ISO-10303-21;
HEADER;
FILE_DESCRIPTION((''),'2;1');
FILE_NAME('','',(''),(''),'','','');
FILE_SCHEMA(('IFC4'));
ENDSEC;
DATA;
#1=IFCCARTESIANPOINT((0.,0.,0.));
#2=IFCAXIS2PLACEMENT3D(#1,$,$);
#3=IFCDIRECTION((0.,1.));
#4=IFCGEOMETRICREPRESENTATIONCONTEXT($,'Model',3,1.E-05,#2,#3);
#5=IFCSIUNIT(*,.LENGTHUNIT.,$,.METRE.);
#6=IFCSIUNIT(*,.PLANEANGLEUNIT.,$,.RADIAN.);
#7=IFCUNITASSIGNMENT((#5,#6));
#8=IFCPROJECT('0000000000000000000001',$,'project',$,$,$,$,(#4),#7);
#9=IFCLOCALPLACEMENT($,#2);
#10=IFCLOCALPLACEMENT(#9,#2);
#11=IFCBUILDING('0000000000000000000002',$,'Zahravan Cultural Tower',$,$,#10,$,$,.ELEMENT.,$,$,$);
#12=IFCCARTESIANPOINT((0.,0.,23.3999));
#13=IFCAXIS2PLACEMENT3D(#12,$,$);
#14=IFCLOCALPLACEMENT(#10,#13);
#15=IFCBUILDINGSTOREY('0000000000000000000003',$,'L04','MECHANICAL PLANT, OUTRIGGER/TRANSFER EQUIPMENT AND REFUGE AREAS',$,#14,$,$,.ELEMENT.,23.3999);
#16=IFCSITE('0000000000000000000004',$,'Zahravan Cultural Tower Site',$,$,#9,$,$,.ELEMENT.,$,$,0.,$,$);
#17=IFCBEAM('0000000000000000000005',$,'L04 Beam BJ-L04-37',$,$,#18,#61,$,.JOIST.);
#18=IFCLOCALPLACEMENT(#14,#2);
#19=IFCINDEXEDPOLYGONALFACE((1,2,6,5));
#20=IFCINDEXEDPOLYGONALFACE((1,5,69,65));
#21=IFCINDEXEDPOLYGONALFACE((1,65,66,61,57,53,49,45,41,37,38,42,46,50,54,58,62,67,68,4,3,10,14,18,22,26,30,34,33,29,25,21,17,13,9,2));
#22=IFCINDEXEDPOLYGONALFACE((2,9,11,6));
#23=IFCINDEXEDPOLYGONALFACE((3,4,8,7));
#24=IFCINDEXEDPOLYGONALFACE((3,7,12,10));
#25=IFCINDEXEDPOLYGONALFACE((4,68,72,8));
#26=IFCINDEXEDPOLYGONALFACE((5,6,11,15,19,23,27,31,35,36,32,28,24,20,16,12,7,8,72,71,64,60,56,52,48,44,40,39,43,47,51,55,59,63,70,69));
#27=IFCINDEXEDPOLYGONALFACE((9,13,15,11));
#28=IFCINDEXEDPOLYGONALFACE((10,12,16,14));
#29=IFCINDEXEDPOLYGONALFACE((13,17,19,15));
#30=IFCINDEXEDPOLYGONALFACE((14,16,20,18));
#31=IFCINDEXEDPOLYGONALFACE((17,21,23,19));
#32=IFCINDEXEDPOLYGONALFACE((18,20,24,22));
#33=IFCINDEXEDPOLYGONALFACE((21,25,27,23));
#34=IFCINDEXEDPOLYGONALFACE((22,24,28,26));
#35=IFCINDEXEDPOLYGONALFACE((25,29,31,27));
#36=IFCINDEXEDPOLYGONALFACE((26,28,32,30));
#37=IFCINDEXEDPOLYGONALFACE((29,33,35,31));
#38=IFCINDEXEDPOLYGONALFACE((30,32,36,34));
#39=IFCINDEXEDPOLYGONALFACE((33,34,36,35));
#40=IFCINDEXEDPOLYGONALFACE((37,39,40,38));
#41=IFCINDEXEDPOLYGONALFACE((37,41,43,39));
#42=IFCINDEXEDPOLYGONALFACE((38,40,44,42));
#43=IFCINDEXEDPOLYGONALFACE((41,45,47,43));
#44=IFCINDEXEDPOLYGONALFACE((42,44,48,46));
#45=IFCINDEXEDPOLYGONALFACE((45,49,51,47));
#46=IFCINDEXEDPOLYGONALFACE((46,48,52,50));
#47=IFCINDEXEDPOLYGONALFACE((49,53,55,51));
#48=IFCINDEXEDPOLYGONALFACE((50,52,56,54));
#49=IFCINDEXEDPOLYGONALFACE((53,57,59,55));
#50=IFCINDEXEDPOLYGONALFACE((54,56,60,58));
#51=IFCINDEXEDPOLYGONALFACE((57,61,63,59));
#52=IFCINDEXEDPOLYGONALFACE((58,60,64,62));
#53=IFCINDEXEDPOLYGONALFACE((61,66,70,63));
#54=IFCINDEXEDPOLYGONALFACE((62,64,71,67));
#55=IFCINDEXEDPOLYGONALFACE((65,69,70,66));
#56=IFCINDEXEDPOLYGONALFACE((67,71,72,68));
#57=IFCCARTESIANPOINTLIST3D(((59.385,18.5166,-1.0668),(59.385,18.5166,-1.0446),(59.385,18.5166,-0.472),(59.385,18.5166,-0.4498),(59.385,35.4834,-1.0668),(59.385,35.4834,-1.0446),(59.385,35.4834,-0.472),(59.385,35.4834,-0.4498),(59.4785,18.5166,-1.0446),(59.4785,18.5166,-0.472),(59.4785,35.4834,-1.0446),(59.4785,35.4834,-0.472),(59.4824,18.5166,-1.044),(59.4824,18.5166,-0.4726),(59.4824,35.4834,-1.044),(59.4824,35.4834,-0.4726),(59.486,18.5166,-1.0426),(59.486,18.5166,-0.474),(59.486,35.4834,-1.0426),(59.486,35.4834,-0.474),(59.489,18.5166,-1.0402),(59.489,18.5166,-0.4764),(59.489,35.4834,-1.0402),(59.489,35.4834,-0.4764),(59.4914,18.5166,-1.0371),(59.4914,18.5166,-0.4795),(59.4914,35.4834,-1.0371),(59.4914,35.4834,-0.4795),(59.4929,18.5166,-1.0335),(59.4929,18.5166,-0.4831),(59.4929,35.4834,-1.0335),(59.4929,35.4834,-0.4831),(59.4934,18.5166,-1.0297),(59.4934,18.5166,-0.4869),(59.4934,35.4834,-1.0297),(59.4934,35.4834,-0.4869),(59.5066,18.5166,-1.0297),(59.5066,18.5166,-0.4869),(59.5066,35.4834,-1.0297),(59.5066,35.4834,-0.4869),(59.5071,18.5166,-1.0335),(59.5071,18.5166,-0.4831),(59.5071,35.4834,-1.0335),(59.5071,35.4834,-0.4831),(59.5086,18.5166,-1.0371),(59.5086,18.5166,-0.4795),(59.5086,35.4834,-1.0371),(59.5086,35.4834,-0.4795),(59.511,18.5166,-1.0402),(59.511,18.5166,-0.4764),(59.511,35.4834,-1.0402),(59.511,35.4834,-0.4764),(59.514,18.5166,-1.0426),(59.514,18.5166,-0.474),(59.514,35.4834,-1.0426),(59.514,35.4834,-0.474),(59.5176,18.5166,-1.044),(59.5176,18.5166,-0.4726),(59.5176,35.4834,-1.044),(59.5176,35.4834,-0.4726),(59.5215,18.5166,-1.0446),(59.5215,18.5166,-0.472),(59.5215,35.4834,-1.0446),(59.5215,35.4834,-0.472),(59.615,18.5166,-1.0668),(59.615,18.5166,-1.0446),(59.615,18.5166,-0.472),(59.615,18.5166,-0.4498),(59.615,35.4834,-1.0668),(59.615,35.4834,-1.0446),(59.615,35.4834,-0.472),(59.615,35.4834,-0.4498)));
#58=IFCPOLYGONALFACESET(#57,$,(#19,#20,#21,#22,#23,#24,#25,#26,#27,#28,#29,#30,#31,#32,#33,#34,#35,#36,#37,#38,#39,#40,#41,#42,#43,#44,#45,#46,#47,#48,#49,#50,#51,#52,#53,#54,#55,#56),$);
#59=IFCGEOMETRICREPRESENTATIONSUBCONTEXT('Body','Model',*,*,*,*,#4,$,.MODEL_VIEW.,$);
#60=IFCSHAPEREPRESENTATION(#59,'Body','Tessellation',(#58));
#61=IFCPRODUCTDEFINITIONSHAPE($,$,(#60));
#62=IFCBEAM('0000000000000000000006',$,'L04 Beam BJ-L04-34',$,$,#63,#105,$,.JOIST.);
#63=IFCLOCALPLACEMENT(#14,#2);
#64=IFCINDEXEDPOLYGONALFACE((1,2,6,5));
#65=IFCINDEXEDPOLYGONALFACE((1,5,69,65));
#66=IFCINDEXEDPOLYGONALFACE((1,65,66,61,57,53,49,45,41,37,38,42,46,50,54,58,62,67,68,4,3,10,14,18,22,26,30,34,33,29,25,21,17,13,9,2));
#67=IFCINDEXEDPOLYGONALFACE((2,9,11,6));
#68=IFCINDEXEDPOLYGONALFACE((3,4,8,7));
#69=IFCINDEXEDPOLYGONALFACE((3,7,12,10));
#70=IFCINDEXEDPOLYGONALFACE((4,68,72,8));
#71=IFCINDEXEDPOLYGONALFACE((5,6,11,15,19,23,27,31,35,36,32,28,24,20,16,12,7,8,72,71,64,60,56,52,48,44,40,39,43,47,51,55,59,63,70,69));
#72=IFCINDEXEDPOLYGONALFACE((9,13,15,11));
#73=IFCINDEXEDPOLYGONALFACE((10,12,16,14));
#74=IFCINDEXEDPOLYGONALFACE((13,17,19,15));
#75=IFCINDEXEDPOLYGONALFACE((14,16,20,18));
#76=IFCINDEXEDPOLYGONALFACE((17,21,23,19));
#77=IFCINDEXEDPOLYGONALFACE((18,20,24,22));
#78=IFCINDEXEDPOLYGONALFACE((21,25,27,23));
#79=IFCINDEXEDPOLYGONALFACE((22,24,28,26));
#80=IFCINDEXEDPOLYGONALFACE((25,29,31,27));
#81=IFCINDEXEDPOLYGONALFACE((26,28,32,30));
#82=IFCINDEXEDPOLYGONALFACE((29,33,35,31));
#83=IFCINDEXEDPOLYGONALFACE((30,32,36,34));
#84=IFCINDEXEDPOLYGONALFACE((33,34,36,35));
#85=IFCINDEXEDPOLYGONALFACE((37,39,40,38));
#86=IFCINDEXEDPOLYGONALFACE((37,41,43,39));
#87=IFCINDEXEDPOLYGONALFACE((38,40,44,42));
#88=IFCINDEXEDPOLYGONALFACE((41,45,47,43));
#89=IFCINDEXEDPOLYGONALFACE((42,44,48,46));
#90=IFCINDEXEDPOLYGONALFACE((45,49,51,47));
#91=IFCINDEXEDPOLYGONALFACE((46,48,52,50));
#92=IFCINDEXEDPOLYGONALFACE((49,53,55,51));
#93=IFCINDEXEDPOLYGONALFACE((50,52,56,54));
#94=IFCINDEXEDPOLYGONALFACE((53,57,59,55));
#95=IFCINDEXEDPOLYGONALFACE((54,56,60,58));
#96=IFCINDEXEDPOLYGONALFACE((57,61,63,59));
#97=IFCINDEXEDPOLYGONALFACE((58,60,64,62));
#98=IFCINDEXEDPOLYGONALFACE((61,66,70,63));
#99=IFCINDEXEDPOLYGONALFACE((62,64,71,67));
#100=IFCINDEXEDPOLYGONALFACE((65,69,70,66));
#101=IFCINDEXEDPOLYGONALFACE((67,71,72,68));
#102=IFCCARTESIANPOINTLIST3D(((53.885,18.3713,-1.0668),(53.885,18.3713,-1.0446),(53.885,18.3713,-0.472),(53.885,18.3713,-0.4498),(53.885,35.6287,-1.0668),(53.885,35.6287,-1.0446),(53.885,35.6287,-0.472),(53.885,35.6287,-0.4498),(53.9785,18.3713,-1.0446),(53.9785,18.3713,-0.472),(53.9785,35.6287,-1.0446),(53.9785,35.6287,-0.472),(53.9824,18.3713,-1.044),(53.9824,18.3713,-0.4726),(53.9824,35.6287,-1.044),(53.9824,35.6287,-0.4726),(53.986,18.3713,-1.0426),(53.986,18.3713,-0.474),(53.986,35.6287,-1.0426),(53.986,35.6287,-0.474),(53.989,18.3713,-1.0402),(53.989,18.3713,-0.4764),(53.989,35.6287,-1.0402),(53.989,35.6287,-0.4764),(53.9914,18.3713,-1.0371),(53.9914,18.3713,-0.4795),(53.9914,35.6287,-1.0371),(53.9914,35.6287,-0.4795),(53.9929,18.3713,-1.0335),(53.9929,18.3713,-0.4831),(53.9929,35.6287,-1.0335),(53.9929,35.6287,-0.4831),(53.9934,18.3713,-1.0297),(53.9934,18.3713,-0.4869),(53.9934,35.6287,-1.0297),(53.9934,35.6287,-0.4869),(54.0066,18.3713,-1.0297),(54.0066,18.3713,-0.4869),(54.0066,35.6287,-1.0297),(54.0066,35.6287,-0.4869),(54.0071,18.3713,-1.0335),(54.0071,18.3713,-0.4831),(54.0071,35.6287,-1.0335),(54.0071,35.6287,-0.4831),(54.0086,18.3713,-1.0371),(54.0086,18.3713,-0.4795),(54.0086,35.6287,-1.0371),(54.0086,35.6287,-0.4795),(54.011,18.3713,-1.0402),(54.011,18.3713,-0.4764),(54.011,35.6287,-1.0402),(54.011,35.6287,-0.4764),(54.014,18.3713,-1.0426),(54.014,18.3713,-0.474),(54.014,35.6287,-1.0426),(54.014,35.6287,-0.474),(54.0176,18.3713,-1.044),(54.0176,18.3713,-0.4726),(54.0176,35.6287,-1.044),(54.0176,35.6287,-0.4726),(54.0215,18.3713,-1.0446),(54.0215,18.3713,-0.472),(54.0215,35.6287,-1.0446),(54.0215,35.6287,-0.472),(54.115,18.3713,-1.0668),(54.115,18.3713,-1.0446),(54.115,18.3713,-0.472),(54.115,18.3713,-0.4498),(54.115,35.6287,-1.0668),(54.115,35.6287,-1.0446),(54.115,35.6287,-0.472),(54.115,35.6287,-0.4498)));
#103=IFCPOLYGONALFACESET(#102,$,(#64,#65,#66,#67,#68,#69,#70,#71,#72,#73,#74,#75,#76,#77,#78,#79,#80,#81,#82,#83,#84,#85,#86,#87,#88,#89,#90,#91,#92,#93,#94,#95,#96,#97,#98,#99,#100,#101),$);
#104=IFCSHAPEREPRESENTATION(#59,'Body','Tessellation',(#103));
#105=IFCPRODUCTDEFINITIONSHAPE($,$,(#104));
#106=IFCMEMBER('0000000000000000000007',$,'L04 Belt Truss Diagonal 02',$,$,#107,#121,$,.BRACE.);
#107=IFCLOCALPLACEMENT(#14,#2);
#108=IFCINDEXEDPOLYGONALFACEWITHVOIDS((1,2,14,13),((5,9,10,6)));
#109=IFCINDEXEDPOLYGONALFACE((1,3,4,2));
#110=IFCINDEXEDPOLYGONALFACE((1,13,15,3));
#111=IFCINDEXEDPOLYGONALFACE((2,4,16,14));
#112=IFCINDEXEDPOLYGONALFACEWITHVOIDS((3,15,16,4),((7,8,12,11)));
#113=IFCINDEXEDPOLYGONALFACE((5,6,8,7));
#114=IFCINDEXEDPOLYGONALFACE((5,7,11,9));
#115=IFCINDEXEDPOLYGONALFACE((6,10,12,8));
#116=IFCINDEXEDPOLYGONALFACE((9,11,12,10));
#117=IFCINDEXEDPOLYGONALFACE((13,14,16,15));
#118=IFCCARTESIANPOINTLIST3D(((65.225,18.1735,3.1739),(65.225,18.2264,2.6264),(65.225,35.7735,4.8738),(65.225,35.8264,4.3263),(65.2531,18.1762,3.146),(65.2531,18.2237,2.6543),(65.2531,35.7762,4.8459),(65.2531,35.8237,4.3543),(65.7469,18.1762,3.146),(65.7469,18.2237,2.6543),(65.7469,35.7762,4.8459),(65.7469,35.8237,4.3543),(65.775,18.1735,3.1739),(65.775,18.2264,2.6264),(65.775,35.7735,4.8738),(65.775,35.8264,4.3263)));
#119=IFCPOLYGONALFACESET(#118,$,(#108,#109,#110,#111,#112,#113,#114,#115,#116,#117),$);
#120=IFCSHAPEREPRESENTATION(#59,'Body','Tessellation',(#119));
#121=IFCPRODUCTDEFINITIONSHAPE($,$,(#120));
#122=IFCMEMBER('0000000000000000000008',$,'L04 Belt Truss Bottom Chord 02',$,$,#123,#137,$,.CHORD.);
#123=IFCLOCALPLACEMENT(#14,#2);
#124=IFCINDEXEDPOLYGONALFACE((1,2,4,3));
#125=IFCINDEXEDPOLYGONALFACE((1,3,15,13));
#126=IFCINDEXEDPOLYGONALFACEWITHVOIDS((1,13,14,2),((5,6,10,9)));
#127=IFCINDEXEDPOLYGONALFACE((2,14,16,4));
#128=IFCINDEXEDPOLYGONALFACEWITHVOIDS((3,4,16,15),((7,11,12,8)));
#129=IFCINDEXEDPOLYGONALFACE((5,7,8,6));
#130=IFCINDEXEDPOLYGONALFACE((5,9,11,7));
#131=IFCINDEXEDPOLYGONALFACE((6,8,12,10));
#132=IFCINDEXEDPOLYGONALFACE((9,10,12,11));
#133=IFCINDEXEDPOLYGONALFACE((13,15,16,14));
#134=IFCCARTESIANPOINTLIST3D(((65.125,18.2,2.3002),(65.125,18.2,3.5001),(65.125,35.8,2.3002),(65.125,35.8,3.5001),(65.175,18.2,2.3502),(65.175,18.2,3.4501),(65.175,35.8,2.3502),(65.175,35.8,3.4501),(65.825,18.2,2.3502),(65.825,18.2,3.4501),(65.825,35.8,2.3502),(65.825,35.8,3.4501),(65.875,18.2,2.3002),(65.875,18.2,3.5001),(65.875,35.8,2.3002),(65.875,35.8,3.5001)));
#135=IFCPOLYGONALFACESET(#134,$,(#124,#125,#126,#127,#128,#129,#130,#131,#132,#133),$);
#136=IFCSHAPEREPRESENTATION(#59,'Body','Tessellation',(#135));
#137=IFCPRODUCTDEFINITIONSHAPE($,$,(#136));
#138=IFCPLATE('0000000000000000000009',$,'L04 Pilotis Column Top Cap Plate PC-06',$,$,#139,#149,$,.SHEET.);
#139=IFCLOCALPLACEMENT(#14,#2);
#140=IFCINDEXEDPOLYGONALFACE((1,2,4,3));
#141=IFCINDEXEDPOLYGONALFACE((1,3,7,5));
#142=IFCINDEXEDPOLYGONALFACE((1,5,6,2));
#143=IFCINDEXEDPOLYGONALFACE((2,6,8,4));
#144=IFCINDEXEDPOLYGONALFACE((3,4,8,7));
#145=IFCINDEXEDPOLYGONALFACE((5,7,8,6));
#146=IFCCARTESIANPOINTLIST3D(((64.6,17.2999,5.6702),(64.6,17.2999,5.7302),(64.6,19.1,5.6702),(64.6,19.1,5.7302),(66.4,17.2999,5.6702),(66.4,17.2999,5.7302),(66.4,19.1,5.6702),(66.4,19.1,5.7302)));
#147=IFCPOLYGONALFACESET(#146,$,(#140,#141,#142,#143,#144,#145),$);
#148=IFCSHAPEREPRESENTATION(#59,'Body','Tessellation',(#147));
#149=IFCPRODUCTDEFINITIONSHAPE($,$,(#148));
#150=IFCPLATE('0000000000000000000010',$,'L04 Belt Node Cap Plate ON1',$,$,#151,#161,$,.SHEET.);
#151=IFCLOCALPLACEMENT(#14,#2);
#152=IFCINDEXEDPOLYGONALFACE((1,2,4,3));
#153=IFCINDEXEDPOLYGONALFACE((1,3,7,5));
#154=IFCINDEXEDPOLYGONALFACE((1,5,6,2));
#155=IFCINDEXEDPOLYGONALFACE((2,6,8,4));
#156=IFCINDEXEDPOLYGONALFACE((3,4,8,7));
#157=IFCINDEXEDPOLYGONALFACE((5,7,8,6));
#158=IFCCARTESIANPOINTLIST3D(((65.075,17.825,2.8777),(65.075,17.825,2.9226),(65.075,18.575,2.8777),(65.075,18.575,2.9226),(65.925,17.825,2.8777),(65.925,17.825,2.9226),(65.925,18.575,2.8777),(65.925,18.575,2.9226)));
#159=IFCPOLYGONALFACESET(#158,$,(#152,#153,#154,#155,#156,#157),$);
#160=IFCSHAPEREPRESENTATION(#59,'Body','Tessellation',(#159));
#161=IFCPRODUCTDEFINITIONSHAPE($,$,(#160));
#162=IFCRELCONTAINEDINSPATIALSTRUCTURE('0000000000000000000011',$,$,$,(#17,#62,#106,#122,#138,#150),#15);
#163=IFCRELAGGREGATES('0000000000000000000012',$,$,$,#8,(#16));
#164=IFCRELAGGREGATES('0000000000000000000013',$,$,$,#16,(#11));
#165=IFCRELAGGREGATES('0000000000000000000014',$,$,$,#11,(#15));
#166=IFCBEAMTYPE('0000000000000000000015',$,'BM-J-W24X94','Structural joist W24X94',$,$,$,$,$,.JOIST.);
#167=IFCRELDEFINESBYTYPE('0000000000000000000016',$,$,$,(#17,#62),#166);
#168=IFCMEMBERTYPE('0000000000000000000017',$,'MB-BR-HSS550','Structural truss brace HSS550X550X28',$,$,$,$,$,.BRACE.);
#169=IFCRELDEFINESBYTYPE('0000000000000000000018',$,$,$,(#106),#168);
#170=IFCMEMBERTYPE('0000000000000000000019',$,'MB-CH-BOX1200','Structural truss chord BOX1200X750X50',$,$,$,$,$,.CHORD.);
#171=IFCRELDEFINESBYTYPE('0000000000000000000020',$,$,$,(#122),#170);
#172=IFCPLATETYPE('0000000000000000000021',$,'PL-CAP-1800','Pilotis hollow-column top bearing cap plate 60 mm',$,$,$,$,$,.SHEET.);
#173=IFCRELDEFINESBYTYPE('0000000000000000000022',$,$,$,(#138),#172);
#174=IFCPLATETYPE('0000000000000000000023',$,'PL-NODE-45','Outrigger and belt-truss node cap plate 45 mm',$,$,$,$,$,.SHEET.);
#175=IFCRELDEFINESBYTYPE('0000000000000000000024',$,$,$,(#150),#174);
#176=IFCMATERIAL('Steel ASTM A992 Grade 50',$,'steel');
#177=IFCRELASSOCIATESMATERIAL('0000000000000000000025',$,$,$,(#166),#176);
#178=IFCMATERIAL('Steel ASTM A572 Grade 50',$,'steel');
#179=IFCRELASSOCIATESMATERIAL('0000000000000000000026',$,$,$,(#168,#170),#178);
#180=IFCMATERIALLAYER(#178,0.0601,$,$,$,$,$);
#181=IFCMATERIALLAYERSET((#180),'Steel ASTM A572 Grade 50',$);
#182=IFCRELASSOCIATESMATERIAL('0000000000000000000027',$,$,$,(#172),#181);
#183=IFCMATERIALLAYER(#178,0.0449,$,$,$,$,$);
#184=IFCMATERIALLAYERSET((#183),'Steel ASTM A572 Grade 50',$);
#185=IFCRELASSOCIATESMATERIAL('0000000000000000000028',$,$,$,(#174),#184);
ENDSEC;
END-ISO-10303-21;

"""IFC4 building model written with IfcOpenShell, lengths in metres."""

from ifc_helpers import new_model, si_unit, direction, frame, origin, origin_2d, place, context, subcontext, project, spatial, rectangle, hollow_rectangle, i_section, extrude, source, transform, mapped, material, layer, layer_set, material_profile, profile_set, type_object, element, save


model = new_model("IFC4")

# Units and contexts
model_context = context("Model", 3, precision=1e-05, world=origin(), true_north=direction((0.0, 1.0)))
body_context = subcontext(model_context, "Body", "Model", "MODEL_VIEW")
ifc_project = project(units=[si_unit("LENGTHUNIT", "METRE"), si_unit("PLANEANGLEUNIT", "RADIAN")], contexts=[model_context])

# Site, building, storey
site_placement = place(None, origin())
site = spatial("IfcSite", under=ifc_project, at=site_placement, Name="Zahravan Cultural Tower Site", CompositionType="ELEMENT", RefElevation=0.0)
building_placement = place(site_placement, origin())
building = spatial("IfcBuilding", under=site, at=building_placement, Name="Zahravan Cultural Tower", CompositionType="ELEMENT")
storey_placement = place(building_placement, frame((0.0, 0.0, 23.3999)))
storey = spatial("IfcBuildingStorey", under=building, at=storey_placement, Name="L04", Description="MECHANICAL PLANT, OUTRIGGER/TRANSFER EQUIPMENT AND REFUGE AREAS", CompositionType="ELEMENT", Elevation=23.3999)

# Shared definitions
ifc_material_1 = material(Name="Steel ASTM A572 Grade 50", Category="steel")

# Beams
ifc_material_2 = material(Name="Steel ASTM A992 Grade 50", Category="steel")
ifc_material_profile_1 = material_profile(ifc_material_2, i_section(OverallWidth=0.23, OverallDepth=0.6169, WebThickness=0.0132, FlangeThickness=0.0222, FilletRadius=0.0149, at=origin_2d()), Name="W24X94")
ifc_profile_set_1 = profile_set([ifc_material_profile_1], Name="Steel ASTM A992 Grade 50")
beam_type_1 = type_object("IfcBeamType", Name="BM-J-W24X94", Description="Structural joist W24X94", PredefinedType="JOIST", material=ifc_profile_set_1)
shared_shape_1 = source(origin(), body_context, "Body", "SweptSolid", [
    extrude(i_section(OverallWidth=0.23, OverallDepth=0.6169, WebThickness=0.0132, FlangeThickness=0.0222, FilletRadius=0.0149, at=origin_2d()), origin(), (0.0, 0.0, 1.0), 16.9668),
])
beam_1_placement = place(storey_placement, frame((59.5, 18.5166, -0.7583), z_axis=(0.0, 1.0, 0.0), x_axis=(-1.0, 0.0, 0.0)))
element("IfcBeam", 1, at=beam_1_placement, inside=storey, type_object=beam_type_1, Name="L04 Beam BJ-L04-37", PredefinedType="JOIST", context=body_context, shape_type="MappedRepresentation", body=[
    mapped(shared_shape_1, transform((0.0, 0.0, 0.0), x_axis=(1.0, 0.0, 0.0), y_axis=(0.0, 1.0, 0.0), z_axis=(0.0, 0.0, 1.0), scale=1.0)),
])
shared_shape_2 = source(origin(), body_context, "Body", "SweptSolid", [
    extrude(i_section(OverallWidth=0.23, OverallDepth=0.6169, WebThickness=0.0132, FlangeThickness=0.0222, FilletRadius=0.0149, at=origin_2d()), origin(), (0.0, 0.0, 1.0), 17.2573),
])
beam_2_placement = place(storey_placement, frame((54.0, 18.3713, -0.7583), z_axis=(0.0, 1.0, 0.0), x_axis=(-1.0, 0.0, 0.0)))
element("IfcBeam", 2, at=beam_2_placement, inside=storey, type_object=beam_type_1, Name="L04 Beam BJ-L04-34", PredefinedType="JOIST", context=body_context, shape_type="MappedRepresentation", body=[
    mapped(shared_shape_2, transform((0.0, 0.0, 0.0), x_axis=(1.0, 0.0, 0.0), y_axis=(0.0, 1.0, 0.0), z_axis=(0.0, 0.0, 1.0), scale=1.0)),
])

# Members
ifc_material_profile_2 = material_profile(ifc_material_1, hollow_rectangle(XDim=0.55, YDim=0.55, WallThickness=0.0281, at=origin_2d()), Name="HSS550X550X28")
ifc_profile_set_2 = profile_set([ifc_material_profile_2], Name="Steel ASTM A572 Grade 50")
member_type_1 = type_object("IfcMemberType", Name="MB-BR-HSS550", Description="Structural truss brace HSS550X550X28", PredefinedType="BRACE", material=ifc_profile_set_2)
shared_shape_3 = source(origin(), body_context, "Body", "SweptSolid", [
    extrude(hollow_rectangle(XDim=0.55, YDim=0.55, WallThickness=0.0281, at=origin_2d()), origin(), (0.0, 0.0, 1.0), 17.6819),
])
member_1_placement = place(storey_placement, frame((65.5, 18.2, 2.9001), z_axis=(0.0, 0.995368, 0.09614), x_axis=(-1.0, 0.0, 0.0)))
element("IfcMember", 3, at=member_1_placement, inside=storey, type_object=member_type_1, Name="L04 Belt Truss Diagonal 02", PredefinedType="BRACE", context=body_context, shape_type="MappedRepresentation", body=[
    mapped(shared_shape_3, transform((0.0, 0.0, 0.0), x_axis=(1.0, 0.0, 0.0), y_axis=(0.0, 1.0, 0.0), z_axis=(0.0, 0.0, 1.0), scale=1.0)),
])
ifc_material_profile_3 = material_profile(ifc_material_1, hollow_rectangle(XDim=0.75, YDim=1.2, WallThickness=0.05, at=origin_2d()), Name="BOX1200X750X50")
ifc_profile_set_3 = profile_set([ifc_material_profile_3], Name="Steel ASTM A572 Grade 50")
member_type_2 = type_object("IfcMemberType", Name="MB-CH-BOX1200", Description="Structural truss chord BOX1200X750X50", PredefinedType="CHORD", material=ifc_profile_set_3)
shared_shape_4 = source(origin(), body_context, "Body", "SweptSolid", [
    extrude(hollow_rectangle(XDim=0.75, YDim=1.2, WallThickness=0.05, at=origin_2d()), origin(), (0.0, 0.0, 1.0), 17.6001),
])
member_2_placement = place(storey_placement, frame((65.5, 18.2, 2.9001), z_axis=(0.0, 1.0, 0.0), x_axis=(-1.0, 0.0, 0.0)))
element("IfcMember", 4, at=member_2_placement, inside=storey, type_object=member_type_2, Name="L04 Belt Truss Bottom Chord 02", PredefinedType="CHORD", context=body_context, shape_type="MappedRepresentation", body=[
    mapped(shared_shape_4, transform((0.0, 0.0, 0.0), x_axis=(1.0, 0.0, 0.0), y_axis=(0.0, 1.0, 0.0), z_axis=(0.0, 0.0, 1.0), scale=1.0)),
])

# Plates
ifc_layer_1 = layer(ifc_material_1, 0.0601)
ifc_layer_set_1 = layer_set([ifc_layer_1], Name="Steel ASTM A572 Grade 50")
plate_type_1 = type_object("IfcPlateType", Name="PL-CAP-1800", Description="Pilotis hollow-column top bearing cap plate 60 mm", PredefinedType="SHEET", material=ifc_layer_set_1)
shared_shape_5 = source(origin(), body_context, "Body", "SweptSolid", [
    extrude(rectangle(XDim=1.8, YDim=1.8, at=origin_2d()), origin(), (0.0, 0.0, 1.0), 0.0601),
])
plate_1_placement = place(storey_placement, frame((65.5, 18.2, 5.6702), z_axis=(0.0, 0.0, 1.0), x_axis=(1.0, 0.0, 0.0)))
element("IfcPlate", 5, at=plate_1_placement, inside=storey, type_object=plate_type_1, Name="L04 Pilotis Column Top Cap Plate PC-06", PredefinedType="SHEET", context=body_context, shape_type="MappedRepresentation", body=[
    mapped(shared_shape_5, transform((0.0, 0.0, 0.0), x_axis=(1.0, 0.0, 0.0), y_axis=(0.0, 1.0, 0.0), z_axis=(0.0, 0.0, 1.0), scale=1.0)),
])
ifc_layer_2 = layer(ifc_material_1, 0.0449)
ifc_layer_set_2 = layer_set([ifc_layer_2], Name="Steel ASTM A572 Grade 50")
plate_type_2 = type_object("IfcPlateType", Name="PL-NODE-45", Description="Outrigger and belt-truss node cap plate 45 mm", PredefinedType="SHEET", material=ifc_layer_set_2)
shared_shape_6 = source(origin(), body_context, "Body", "SweptSolid", [
    extrude(rectangle(XDim=0.8501, YDim=0.75, at=origin_2d()), origin(), (0.0, 0.0, 1.0), 0.0449),
])
plate_2_placement = place(storey_placement, frame((65.5, 18.2, 2.8777), z_axis=(0.0, 0.0, 1.0), x_axis=(1.0, 0.0, 0.0)))
element("IfcPlate", 6, at=plate_2_placement, inside=storey, type_object=plate_type_2, Name="L04 Belt Node Cap Plate ON1", PredefinedType="SHEET", context=body_context, shape_type="MappedRepresentation", body=[
    mapped(shared_shape_6, transform((0.0, 0.0, 0.0), x_axis=(1.0, 0.0, 0.0), y_axis=(0.0, 1.0, 0.0), z_axis=(0.0, 0.0, 1.0), scale=1.0)),
])

save(model, "model.ifc")
